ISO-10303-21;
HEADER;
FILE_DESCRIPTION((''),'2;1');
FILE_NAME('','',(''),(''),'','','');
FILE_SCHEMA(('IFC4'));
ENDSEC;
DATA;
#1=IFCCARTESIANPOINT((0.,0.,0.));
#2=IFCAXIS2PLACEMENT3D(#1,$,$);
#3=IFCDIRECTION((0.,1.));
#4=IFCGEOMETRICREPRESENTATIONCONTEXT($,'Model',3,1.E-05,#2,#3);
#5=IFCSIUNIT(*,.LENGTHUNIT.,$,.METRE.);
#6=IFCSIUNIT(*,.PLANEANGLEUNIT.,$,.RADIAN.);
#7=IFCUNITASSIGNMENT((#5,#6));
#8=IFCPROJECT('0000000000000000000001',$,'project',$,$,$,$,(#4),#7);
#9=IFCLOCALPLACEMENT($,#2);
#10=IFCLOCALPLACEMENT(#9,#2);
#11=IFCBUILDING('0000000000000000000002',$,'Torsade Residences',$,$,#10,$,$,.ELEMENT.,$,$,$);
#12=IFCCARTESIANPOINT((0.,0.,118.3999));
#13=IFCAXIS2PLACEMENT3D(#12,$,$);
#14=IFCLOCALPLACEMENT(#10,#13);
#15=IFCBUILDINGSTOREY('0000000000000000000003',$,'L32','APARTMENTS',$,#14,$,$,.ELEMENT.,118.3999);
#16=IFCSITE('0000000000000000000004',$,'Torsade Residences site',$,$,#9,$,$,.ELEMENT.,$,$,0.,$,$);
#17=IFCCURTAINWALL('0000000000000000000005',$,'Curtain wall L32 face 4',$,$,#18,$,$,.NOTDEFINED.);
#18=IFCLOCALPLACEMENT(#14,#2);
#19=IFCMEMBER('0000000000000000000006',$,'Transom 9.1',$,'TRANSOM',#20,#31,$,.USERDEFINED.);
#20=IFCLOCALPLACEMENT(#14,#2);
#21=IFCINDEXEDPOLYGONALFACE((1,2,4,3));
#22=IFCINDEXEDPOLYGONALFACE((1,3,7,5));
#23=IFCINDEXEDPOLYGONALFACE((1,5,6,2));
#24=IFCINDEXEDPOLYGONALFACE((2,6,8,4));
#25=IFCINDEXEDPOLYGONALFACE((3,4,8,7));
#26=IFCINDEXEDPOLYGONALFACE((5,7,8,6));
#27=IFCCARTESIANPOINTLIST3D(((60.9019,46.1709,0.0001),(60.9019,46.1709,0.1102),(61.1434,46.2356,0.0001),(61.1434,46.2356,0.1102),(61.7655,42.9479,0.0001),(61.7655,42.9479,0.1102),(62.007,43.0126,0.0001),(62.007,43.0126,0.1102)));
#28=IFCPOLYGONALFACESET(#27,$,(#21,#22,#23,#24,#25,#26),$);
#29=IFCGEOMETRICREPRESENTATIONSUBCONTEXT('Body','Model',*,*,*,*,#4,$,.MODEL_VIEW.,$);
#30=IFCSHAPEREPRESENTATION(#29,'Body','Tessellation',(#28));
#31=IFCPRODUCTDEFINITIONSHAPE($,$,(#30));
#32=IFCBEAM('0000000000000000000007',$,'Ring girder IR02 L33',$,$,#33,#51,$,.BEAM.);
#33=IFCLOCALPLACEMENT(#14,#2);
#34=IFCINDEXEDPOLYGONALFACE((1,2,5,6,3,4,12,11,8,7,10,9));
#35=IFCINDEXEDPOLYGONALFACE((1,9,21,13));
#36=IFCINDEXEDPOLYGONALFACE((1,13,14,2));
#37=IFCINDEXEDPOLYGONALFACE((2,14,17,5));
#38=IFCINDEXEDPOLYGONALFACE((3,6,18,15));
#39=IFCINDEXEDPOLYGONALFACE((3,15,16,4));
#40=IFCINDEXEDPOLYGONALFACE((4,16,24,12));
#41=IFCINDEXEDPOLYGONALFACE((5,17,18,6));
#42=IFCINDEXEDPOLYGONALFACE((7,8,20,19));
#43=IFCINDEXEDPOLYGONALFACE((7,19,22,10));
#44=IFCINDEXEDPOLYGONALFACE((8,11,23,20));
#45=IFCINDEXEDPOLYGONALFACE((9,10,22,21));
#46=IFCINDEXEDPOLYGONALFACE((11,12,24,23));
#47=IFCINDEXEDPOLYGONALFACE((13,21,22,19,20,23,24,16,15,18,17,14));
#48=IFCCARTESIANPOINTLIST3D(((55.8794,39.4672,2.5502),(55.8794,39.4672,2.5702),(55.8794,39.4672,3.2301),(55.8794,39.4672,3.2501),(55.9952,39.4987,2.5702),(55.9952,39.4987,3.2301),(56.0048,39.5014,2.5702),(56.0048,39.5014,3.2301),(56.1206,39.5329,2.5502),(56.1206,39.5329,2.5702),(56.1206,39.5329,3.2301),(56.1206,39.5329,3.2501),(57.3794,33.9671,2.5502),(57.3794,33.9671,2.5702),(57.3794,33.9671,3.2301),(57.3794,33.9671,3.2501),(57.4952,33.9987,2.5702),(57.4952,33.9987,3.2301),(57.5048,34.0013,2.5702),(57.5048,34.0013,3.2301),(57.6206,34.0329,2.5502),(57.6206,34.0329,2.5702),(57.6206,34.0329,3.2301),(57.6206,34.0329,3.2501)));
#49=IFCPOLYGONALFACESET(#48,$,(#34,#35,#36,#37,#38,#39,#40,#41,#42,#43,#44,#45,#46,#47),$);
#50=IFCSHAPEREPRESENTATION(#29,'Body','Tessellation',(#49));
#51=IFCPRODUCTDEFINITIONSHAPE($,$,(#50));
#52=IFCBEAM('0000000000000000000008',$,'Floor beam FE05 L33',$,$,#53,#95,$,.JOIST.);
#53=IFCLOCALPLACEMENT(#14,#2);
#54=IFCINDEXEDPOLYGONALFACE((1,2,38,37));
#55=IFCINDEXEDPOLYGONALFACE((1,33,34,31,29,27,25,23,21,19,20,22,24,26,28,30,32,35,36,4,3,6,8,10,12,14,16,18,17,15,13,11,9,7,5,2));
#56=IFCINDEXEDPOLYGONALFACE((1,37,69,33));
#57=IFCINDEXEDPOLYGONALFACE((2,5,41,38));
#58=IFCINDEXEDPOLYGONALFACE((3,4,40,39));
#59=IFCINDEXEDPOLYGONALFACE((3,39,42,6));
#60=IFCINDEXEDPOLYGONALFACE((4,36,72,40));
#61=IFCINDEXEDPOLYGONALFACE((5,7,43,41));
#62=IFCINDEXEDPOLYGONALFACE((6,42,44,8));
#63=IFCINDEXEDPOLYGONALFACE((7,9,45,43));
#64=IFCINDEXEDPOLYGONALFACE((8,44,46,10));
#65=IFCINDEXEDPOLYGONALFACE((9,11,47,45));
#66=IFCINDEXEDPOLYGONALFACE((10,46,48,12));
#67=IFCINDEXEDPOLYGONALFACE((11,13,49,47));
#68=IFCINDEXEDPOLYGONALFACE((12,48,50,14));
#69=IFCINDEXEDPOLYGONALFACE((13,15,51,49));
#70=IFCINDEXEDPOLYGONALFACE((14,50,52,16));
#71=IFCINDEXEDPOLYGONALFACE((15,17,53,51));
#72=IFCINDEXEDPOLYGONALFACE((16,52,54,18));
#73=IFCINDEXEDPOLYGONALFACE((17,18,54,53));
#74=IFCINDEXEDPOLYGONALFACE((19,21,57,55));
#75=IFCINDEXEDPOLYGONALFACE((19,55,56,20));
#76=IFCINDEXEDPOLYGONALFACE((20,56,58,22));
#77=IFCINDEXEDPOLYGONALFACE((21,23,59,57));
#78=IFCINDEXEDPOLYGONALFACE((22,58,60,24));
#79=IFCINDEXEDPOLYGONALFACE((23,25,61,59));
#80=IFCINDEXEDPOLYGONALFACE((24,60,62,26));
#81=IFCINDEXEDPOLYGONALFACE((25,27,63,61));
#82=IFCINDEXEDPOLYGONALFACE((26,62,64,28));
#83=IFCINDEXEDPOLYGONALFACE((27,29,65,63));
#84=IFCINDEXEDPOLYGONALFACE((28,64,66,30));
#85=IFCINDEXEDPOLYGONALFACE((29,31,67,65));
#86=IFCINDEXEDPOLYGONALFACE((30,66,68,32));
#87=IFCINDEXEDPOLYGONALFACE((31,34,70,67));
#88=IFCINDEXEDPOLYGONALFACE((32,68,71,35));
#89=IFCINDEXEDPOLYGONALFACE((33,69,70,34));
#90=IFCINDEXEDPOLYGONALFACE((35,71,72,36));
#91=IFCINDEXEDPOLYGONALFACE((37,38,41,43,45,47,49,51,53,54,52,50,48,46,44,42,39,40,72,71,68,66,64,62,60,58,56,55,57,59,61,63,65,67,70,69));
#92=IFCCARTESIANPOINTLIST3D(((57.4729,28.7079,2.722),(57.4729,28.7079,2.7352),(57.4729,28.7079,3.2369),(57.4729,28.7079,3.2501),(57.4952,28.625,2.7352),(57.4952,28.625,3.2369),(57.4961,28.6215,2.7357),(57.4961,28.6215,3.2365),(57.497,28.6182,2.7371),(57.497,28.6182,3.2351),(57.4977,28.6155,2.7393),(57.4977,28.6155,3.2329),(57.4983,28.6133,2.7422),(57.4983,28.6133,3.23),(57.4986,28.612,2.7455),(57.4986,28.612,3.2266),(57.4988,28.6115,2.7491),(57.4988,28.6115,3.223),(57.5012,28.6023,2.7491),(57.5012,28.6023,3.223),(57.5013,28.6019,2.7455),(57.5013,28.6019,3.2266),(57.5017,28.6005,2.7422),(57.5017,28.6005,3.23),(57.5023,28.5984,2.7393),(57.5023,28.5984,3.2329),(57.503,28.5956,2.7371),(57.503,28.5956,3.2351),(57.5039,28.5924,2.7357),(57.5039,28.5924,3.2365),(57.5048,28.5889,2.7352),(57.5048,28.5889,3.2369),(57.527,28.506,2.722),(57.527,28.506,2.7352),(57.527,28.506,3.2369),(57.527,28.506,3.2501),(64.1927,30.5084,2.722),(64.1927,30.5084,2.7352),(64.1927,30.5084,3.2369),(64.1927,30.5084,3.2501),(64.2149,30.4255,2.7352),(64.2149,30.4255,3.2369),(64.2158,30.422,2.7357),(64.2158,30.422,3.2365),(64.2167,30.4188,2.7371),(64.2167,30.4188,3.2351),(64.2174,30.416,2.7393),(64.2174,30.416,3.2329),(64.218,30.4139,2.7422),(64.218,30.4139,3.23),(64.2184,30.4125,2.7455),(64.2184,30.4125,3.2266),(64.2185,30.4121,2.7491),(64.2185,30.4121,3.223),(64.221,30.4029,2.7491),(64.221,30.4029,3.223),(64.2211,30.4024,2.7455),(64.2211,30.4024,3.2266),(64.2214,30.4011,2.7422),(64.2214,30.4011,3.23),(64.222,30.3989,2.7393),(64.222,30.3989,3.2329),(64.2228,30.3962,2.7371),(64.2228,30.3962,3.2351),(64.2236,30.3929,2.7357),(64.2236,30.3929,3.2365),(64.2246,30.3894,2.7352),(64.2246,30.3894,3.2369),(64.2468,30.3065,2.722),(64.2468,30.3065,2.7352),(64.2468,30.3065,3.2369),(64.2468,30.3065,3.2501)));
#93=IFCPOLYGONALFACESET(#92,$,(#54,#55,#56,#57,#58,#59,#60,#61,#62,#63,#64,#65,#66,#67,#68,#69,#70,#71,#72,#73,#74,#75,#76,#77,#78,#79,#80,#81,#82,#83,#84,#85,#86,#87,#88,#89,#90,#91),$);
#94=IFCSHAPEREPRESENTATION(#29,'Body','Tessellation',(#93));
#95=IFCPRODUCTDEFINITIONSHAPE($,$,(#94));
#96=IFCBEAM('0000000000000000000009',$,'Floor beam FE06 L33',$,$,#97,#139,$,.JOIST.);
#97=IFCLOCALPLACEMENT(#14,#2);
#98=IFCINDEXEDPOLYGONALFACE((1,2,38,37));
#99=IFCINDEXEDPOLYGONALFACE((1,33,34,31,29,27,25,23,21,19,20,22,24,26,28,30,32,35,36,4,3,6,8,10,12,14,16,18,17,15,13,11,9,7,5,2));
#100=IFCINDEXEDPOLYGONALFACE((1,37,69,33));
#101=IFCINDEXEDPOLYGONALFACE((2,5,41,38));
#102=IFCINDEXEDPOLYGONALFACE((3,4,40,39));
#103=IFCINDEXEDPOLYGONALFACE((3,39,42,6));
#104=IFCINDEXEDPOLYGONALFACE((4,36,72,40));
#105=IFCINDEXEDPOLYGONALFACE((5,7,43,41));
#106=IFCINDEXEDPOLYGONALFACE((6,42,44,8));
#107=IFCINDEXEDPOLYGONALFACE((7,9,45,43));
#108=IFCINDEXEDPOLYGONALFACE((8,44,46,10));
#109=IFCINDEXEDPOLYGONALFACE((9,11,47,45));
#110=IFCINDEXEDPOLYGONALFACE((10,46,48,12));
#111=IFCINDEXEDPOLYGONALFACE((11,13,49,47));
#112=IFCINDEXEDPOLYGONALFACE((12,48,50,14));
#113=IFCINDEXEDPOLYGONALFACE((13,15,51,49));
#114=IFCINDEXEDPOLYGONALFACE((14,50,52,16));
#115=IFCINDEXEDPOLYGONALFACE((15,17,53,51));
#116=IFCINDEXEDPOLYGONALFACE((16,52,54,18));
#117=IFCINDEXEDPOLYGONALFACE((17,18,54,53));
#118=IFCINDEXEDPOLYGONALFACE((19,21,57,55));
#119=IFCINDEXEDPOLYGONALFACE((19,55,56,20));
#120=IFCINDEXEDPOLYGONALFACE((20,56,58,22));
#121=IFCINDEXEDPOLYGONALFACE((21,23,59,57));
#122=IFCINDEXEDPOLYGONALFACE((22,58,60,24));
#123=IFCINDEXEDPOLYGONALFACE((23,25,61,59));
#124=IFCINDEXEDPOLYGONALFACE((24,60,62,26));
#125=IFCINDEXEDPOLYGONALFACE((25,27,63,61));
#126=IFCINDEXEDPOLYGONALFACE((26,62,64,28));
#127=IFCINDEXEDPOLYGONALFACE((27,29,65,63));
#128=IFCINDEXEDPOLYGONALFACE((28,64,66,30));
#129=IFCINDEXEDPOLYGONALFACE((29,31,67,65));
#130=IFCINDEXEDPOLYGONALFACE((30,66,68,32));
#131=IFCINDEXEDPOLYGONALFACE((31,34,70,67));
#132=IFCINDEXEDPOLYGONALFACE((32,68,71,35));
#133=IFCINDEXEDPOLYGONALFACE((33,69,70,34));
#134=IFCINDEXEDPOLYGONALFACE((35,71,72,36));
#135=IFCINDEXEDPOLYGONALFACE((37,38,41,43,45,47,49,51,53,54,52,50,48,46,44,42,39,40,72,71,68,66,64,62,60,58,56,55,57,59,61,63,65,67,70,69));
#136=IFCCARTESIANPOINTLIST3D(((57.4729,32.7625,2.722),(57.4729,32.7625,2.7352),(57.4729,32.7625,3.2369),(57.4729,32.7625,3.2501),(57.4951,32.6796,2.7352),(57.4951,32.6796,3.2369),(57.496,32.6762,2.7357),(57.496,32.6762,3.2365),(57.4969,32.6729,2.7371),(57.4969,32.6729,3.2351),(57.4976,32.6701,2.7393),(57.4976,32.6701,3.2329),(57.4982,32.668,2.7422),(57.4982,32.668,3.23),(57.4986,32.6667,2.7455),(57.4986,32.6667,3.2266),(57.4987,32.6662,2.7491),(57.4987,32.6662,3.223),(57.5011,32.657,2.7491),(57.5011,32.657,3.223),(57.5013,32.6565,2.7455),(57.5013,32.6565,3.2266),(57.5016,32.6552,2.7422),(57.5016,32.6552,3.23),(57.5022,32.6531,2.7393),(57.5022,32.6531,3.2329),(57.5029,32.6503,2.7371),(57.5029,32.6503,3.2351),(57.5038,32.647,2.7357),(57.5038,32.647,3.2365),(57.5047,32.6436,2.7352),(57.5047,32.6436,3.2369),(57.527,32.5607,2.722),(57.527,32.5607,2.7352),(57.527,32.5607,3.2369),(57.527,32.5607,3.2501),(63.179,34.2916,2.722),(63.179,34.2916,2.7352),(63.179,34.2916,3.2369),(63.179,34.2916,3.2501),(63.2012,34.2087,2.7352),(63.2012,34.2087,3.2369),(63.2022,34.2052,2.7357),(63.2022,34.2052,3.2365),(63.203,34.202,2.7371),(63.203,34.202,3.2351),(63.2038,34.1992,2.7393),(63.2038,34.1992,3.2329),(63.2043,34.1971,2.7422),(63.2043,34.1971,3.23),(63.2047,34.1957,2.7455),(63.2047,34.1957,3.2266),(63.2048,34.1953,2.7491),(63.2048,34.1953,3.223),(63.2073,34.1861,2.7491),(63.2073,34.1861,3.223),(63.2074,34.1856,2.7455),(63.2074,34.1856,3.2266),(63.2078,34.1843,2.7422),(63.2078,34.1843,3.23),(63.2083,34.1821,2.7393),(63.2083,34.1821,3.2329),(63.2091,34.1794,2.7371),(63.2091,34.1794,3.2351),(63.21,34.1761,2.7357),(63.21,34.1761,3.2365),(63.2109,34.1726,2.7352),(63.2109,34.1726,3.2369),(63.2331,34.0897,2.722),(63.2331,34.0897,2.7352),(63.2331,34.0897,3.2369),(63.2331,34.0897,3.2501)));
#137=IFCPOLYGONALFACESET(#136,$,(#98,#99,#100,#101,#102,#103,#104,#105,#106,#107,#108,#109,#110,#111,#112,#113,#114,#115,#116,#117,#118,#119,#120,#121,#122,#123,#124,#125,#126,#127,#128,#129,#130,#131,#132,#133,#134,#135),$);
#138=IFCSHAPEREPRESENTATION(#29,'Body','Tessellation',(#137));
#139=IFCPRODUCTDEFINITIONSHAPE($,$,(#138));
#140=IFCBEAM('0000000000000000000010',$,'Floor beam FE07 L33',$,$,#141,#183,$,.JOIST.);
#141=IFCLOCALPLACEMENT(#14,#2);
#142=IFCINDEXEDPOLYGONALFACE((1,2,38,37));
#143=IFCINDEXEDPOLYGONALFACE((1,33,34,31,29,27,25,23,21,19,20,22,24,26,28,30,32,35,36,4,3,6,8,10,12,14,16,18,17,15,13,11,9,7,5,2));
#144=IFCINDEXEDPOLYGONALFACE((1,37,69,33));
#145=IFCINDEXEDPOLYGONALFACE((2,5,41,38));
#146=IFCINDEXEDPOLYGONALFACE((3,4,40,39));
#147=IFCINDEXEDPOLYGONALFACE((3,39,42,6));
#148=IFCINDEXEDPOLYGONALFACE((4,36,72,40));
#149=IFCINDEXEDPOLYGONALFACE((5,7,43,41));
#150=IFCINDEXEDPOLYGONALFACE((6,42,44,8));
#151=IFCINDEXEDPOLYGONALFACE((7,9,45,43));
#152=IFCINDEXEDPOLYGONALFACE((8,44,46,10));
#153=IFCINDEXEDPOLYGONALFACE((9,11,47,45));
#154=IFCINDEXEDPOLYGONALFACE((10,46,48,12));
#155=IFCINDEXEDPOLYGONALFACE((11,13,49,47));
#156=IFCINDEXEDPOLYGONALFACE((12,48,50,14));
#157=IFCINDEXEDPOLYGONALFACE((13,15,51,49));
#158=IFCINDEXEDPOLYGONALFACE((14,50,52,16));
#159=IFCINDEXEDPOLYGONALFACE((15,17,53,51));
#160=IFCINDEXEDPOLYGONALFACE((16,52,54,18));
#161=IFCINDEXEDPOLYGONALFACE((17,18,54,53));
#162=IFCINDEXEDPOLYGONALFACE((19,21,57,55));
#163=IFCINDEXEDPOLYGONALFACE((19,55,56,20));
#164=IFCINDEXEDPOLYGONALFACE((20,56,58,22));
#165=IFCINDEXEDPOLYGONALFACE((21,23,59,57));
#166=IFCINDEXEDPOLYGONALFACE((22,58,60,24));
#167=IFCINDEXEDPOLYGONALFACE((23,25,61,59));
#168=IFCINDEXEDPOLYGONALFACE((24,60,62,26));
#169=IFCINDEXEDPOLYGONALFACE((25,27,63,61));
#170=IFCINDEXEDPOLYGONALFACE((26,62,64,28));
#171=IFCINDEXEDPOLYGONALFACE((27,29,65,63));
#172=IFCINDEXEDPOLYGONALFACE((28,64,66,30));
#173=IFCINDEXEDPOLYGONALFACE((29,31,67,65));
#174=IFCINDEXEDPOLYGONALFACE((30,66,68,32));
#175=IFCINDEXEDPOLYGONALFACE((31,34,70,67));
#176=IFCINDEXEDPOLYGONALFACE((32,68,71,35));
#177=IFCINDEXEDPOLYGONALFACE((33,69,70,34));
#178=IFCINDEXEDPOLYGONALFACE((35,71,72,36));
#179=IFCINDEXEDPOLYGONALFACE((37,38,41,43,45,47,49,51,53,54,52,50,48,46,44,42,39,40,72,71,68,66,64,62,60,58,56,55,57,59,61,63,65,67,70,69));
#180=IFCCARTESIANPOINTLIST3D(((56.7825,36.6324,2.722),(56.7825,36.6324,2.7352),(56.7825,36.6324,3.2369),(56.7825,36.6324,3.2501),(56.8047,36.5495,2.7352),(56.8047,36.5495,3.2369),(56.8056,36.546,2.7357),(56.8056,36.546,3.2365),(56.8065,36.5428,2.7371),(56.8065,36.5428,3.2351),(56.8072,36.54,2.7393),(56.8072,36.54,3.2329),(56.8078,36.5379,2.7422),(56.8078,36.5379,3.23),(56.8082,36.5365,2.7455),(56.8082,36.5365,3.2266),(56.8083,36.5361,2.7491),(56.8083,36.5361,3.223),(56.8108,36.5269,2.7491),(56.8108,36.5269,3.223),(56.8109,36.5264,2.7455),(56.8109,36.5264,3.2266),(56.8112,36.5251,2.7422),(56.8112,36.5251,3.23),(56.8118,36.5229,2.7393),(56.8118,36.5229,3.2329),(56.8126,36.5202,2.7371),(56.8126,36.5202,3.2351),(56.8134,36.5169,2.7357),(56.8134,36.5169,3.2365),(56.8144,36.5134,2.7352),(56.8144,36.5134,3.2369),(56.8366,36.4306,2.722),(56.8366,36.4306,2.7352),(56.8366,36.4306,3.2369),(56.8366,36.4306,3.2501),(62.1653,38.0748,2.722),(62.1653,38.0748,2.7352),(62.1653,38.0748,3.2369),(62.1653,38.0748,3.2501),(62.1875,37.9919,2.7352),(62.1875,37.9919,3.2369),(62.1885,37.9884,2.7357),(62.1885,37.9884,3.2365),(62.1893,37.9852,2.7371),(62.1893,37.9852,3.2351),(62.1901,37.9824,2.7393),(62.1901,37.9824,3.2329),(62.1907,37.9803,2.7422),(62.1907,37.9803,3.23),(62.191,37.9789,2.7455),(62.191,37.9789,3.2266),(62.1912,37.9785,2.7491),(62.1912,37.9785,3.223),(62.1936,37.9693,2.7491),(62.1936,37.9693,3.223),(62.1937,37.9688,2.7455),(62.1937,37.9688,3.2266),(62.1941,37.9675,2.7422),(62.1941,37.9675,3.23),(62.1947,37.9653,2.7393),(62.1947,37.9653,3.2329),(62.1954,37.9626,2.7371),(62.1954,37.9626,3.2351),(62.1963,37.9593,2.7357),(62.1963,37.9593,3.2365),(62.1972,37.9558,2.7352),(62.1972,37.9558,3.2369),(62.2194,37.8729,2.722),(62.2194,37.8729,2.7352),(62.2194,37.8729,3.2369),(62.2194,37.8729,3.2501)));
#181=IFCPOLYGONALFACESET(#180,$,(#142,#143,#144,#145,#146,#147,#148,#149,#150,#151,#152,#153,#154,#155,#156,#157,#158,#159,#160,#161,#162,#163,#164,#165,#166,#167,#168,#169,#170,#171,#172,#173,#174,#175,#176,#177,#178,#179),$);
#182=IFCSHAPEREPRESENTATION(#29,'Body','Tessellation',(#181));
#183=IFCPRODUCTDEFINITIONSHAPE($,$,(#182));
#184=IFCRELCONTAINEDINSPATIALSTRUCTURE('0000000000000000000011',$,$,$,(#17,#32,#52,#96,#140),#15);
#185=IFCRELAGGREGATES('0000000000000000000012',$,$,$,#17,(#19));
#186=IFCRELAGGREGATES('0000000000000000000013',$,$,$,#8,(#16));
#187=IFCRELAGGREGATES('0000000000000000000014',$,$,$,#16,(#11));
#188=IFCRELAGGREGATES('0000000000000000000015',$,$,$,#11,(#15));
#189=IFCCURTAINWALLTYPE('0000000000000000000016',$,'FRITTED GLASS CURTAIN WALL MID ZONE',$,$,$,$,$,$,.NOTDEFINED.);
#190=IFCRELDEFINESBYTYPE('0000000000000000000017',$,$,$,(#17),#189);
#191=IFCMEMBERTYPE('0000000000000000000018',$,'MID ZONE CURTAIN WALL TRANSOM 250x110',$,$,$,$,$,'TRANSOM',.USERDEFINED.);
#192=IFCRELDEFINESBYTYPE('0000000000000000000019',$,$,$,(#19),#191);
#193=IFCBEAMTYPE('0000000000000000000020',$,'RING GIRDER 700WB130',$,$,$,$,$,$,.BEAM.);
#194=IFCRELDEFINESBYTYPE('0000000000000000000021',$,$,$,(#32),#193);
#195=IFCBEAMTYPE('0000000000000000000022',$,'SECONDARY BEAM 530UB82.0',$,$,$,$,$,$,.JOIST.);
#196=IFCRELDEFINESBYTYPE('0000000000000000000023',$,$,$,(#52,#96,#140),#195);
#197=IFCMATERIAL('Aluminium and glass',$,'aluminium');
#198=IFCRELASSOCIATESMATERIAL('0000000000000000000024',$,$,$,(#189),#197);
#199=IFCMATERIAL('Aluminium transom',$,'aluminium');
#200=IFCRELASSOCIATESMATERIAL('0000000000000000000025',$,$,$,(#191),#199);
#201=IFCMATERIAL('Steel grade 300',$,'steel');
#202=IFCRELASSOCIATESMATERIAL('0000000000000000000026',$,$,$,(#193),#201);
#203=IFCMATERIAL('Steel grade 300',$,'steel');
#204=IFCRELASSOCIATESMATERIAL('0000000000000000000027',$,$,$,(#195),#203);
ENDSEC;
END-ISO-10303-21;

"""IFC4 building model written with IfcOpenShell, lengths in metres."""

from ifc_helpers import new_model, si_unit, direction, frame, origin, origin_2d, place, context, subcontext, project, spatial, rectangle, i_section, extrude, material, material_profile, profile_set, type_object, element, aggregate, save


model = new_model("IFC4")

# Units and contexts
model_context = context("Model", 3, precision=1e-05, world=origin(), true_north=direction((0.0, 1.0)))
body_context = subcontext(model_context, "Body", "Model", "MODEL_VIEW")
ifc_project = project(units=[si_unit("LENGTHUNIT", "METRE"), si_unit("PLANEANGLEUNIT", "RADIAN")], contexts=[model_context])

# Site, building, storey
site_placement = place(None, origin())
site = spatial("IfcSite", under=ifc_project, at=site_placement, Name="Torsade Residences site", CompositionType="ELEMENT", RefElevation=0.0)
building_placement = place(site_placement, origin())
building = spatial("IfcBuilding", under=site, at=building_placement, Name="Torsade Residences", CompositionType="ELEMENT")
storey_placement = place(building_placement, frame((0.0, 0.0, 118.3999)))
storey = spatial("IfcBuildingStorey", under=building, at=storey_placement, Name="L32", Description="APARTMENTS", CompositionType="ELEMENT", Elevation=118.3999)

# Curtain wall, member
ifc_material_1 = material(Name="Aluminium and glass", Category="aluminium")
curtain_wall_type = type_object("IfcCurtainWallType", Name="FRITTED GLASS CURTAIN WALL MID ZONE", PredefinedType="NOTDEFINED", material=ifc_material_1)
curtain_wall_placement = place(storey_placement, origin())
curtain_wall = element("IfcCurtainWall", 1, at=curtain_wall_placement, inside=storey, type_object=curtain_wall_type, Name="Curtain wall L32 face 4", PredefinedType="NOTDEFINED")
ifc_material_2 = material(Name="Aluminium transom", Category="aluminium")
ifc_material_profile_1 = material_profile(ifc_material_2, rectangle(XDim=0.25, YDim=0.1101, at=origin_2d()), Name="MID ZONE CURTAIN WALL TRANSOM 250x110")
ifc_profile_set_1 = profile_set([ifc_material_profile_1], Name="Aluminium transom")
member_type_1 = type_object("IfcMemberType", Name="MID ZONE CURTAIN WALL TRANSOM 250x110", ElementType="TRANSOM", PredefinedType="USERDEFINED", material=ifc_profile_set_1)
member_1_placement = place(storey_placement, frame((61.8862, 42.9802, 0.0552), z_axis=(-0.258806, 0.965929, 0.0), x_axis=(-0.965929, -0.258806, 0.0)))
member_1 = element("IfcMember", 2, at=member_1_placement, type_object=member_type_1, Name="Transom 9.1", ObjectType="TRANSOM", PredefinedType="USERDEFINED", context=body_context, shape_type="SweptSolid", body=[
    extrude(rectangle(XDim=0.25, YDim=0.1101, at=origin_2d()), origin(), (0.0, 0.0, 1.0), 3.3367),
])

# Beams
ifc_material_3 = material(Name="Steel grade 300", Category="steel")
ifc_material_profile_2 = material_profile(ifc_material_3, i_section(OverallWidth=0.25, OverallDepth=0.7, WebThickness=0.01, FlangeThickness=0.02, at=origin_2d()), Name="700WB130")
ifc_profile_set_2 = profile_set([ifc_material_profile_2], Name="Steel grade 300")
beam_type_1 = type_object("IfcBeamType", Name="RING GIRDER 700WB130", PredefinedType="BEAM", material=ifc_profile_set_2)
beam_1_placement = place(storey_placement, frame((57.5, 34.0, 2.9001), z_axis=(-0.263117, 0.964764, 0.0), x_axis=(-0.964764, -0.263117, 0.0)))
element("IfcBeam", 3, at=beam_1_placement, inside=storey, type_object=beam_type_1, Name="Ring girder IR02 L33", PredefinedType="BEAM", context=body_context, shape_type="SweptSolid", body=[
    extrude(i_section(OverallWidth=0.25, OverallDepth=0.7, WebThickness=0.01, FlangeThickness=0.02, at=origin_2d()), origin(), (0.0, 0.0, 1.0), 5.7009),
])
ifc_material_4 = material(Name="Steel grade 300", Category="steel")
ifc_material_profile_3 = material_profile(ifc_material_4, i_section(OverallWidth=0.209, OverallDepth=0.5281, WebThickness=0.0095, FlangeThickness=0.0132, FilletRadius=0.0139, at=origin_2d()), Name="530UB82.0")
ifc_profile_set_3 = profile_set([ifc_material_profile_3], Name="Steel grade 300")
beam_type_2 = type_object("IfcBeamType", Name="SECONDARY BEAM 530UB82.0", PredefinedType="JOIST", material=ifc_profile_set_3)
beam_2_placement = place(storey_placement, frame((64.2197, 30.4075, 2.9861), z_axis=(-0.965926, -0.258818, 0.0), x_axis=(0.258818, -0.965926, 0.0)))
element("IfcBeam", 4, at=beam_2_placement, inside=storey, type_object=beam_type_2, Name="Floor beam FE05 L33", PredefinedType="JOIST", context=body_context, shape_type="SweptSolid", body=[
    extrude(i_section(OverallWidth=0.209, OverallDepth=0.5281, WebThickness=0.0095, FlangeThickness=0.0132, FilletRadius=0.0139, at=origin_2d()), origin(), (0.0, 0.0, 1.0), 6.9568),
])
beam_3_placement = place(storey_placement, frame((63.2061, 34.1907, 2.9861), z_axis=(-0.965921, -0.258838, 0.0), x_axis=(0.258838, -0.965921, 0.0)))
element("IfcBeam", 5, at=beam_3_placement, inside=storey, type_object=beam_type_2, Name="Floor beam FE06 L33", PredefinedType="JOIST", context=body_context, shape_type="SweptSolid", body=[
    extrude(i_section(OverallWidth=0.209, OverallDepth=0.5281, WebThickness=0.0095, FlangeThickness=0.0132, FilletRadius=0.0139, at=origin_2d()), origin(), (0.0, 0.0, 1.0), 5.9075),
])
beam_4_placement = place(storey_placement, frame((62.1924, 37.9739, 2.9861), z_axis=(-0.965923, -0.25883, 0.0), x_axis=(0.25883, -0.965923, 0.0)))
element("IfcBeam", 6, at=beam_4_placement, inside=storey, type_object=beam_type_2, Name="Floor beam FE07 L33", PredefinedType="JOIST", context=body_context, shape_type="SweptSolid", body=[
    extrude(i_section(OverallWidth=0.209, OverallDepth=0.5281, WebThickness=0.0095, FlangeThickness=0.0132, FilletRadius=0.0139, at=origin_2d()), origin(), (0.0, 0.0, 1.0), 5.5728),
])

aggregate(curtain_wall, [member_1])

save(model, "model.ifc")
